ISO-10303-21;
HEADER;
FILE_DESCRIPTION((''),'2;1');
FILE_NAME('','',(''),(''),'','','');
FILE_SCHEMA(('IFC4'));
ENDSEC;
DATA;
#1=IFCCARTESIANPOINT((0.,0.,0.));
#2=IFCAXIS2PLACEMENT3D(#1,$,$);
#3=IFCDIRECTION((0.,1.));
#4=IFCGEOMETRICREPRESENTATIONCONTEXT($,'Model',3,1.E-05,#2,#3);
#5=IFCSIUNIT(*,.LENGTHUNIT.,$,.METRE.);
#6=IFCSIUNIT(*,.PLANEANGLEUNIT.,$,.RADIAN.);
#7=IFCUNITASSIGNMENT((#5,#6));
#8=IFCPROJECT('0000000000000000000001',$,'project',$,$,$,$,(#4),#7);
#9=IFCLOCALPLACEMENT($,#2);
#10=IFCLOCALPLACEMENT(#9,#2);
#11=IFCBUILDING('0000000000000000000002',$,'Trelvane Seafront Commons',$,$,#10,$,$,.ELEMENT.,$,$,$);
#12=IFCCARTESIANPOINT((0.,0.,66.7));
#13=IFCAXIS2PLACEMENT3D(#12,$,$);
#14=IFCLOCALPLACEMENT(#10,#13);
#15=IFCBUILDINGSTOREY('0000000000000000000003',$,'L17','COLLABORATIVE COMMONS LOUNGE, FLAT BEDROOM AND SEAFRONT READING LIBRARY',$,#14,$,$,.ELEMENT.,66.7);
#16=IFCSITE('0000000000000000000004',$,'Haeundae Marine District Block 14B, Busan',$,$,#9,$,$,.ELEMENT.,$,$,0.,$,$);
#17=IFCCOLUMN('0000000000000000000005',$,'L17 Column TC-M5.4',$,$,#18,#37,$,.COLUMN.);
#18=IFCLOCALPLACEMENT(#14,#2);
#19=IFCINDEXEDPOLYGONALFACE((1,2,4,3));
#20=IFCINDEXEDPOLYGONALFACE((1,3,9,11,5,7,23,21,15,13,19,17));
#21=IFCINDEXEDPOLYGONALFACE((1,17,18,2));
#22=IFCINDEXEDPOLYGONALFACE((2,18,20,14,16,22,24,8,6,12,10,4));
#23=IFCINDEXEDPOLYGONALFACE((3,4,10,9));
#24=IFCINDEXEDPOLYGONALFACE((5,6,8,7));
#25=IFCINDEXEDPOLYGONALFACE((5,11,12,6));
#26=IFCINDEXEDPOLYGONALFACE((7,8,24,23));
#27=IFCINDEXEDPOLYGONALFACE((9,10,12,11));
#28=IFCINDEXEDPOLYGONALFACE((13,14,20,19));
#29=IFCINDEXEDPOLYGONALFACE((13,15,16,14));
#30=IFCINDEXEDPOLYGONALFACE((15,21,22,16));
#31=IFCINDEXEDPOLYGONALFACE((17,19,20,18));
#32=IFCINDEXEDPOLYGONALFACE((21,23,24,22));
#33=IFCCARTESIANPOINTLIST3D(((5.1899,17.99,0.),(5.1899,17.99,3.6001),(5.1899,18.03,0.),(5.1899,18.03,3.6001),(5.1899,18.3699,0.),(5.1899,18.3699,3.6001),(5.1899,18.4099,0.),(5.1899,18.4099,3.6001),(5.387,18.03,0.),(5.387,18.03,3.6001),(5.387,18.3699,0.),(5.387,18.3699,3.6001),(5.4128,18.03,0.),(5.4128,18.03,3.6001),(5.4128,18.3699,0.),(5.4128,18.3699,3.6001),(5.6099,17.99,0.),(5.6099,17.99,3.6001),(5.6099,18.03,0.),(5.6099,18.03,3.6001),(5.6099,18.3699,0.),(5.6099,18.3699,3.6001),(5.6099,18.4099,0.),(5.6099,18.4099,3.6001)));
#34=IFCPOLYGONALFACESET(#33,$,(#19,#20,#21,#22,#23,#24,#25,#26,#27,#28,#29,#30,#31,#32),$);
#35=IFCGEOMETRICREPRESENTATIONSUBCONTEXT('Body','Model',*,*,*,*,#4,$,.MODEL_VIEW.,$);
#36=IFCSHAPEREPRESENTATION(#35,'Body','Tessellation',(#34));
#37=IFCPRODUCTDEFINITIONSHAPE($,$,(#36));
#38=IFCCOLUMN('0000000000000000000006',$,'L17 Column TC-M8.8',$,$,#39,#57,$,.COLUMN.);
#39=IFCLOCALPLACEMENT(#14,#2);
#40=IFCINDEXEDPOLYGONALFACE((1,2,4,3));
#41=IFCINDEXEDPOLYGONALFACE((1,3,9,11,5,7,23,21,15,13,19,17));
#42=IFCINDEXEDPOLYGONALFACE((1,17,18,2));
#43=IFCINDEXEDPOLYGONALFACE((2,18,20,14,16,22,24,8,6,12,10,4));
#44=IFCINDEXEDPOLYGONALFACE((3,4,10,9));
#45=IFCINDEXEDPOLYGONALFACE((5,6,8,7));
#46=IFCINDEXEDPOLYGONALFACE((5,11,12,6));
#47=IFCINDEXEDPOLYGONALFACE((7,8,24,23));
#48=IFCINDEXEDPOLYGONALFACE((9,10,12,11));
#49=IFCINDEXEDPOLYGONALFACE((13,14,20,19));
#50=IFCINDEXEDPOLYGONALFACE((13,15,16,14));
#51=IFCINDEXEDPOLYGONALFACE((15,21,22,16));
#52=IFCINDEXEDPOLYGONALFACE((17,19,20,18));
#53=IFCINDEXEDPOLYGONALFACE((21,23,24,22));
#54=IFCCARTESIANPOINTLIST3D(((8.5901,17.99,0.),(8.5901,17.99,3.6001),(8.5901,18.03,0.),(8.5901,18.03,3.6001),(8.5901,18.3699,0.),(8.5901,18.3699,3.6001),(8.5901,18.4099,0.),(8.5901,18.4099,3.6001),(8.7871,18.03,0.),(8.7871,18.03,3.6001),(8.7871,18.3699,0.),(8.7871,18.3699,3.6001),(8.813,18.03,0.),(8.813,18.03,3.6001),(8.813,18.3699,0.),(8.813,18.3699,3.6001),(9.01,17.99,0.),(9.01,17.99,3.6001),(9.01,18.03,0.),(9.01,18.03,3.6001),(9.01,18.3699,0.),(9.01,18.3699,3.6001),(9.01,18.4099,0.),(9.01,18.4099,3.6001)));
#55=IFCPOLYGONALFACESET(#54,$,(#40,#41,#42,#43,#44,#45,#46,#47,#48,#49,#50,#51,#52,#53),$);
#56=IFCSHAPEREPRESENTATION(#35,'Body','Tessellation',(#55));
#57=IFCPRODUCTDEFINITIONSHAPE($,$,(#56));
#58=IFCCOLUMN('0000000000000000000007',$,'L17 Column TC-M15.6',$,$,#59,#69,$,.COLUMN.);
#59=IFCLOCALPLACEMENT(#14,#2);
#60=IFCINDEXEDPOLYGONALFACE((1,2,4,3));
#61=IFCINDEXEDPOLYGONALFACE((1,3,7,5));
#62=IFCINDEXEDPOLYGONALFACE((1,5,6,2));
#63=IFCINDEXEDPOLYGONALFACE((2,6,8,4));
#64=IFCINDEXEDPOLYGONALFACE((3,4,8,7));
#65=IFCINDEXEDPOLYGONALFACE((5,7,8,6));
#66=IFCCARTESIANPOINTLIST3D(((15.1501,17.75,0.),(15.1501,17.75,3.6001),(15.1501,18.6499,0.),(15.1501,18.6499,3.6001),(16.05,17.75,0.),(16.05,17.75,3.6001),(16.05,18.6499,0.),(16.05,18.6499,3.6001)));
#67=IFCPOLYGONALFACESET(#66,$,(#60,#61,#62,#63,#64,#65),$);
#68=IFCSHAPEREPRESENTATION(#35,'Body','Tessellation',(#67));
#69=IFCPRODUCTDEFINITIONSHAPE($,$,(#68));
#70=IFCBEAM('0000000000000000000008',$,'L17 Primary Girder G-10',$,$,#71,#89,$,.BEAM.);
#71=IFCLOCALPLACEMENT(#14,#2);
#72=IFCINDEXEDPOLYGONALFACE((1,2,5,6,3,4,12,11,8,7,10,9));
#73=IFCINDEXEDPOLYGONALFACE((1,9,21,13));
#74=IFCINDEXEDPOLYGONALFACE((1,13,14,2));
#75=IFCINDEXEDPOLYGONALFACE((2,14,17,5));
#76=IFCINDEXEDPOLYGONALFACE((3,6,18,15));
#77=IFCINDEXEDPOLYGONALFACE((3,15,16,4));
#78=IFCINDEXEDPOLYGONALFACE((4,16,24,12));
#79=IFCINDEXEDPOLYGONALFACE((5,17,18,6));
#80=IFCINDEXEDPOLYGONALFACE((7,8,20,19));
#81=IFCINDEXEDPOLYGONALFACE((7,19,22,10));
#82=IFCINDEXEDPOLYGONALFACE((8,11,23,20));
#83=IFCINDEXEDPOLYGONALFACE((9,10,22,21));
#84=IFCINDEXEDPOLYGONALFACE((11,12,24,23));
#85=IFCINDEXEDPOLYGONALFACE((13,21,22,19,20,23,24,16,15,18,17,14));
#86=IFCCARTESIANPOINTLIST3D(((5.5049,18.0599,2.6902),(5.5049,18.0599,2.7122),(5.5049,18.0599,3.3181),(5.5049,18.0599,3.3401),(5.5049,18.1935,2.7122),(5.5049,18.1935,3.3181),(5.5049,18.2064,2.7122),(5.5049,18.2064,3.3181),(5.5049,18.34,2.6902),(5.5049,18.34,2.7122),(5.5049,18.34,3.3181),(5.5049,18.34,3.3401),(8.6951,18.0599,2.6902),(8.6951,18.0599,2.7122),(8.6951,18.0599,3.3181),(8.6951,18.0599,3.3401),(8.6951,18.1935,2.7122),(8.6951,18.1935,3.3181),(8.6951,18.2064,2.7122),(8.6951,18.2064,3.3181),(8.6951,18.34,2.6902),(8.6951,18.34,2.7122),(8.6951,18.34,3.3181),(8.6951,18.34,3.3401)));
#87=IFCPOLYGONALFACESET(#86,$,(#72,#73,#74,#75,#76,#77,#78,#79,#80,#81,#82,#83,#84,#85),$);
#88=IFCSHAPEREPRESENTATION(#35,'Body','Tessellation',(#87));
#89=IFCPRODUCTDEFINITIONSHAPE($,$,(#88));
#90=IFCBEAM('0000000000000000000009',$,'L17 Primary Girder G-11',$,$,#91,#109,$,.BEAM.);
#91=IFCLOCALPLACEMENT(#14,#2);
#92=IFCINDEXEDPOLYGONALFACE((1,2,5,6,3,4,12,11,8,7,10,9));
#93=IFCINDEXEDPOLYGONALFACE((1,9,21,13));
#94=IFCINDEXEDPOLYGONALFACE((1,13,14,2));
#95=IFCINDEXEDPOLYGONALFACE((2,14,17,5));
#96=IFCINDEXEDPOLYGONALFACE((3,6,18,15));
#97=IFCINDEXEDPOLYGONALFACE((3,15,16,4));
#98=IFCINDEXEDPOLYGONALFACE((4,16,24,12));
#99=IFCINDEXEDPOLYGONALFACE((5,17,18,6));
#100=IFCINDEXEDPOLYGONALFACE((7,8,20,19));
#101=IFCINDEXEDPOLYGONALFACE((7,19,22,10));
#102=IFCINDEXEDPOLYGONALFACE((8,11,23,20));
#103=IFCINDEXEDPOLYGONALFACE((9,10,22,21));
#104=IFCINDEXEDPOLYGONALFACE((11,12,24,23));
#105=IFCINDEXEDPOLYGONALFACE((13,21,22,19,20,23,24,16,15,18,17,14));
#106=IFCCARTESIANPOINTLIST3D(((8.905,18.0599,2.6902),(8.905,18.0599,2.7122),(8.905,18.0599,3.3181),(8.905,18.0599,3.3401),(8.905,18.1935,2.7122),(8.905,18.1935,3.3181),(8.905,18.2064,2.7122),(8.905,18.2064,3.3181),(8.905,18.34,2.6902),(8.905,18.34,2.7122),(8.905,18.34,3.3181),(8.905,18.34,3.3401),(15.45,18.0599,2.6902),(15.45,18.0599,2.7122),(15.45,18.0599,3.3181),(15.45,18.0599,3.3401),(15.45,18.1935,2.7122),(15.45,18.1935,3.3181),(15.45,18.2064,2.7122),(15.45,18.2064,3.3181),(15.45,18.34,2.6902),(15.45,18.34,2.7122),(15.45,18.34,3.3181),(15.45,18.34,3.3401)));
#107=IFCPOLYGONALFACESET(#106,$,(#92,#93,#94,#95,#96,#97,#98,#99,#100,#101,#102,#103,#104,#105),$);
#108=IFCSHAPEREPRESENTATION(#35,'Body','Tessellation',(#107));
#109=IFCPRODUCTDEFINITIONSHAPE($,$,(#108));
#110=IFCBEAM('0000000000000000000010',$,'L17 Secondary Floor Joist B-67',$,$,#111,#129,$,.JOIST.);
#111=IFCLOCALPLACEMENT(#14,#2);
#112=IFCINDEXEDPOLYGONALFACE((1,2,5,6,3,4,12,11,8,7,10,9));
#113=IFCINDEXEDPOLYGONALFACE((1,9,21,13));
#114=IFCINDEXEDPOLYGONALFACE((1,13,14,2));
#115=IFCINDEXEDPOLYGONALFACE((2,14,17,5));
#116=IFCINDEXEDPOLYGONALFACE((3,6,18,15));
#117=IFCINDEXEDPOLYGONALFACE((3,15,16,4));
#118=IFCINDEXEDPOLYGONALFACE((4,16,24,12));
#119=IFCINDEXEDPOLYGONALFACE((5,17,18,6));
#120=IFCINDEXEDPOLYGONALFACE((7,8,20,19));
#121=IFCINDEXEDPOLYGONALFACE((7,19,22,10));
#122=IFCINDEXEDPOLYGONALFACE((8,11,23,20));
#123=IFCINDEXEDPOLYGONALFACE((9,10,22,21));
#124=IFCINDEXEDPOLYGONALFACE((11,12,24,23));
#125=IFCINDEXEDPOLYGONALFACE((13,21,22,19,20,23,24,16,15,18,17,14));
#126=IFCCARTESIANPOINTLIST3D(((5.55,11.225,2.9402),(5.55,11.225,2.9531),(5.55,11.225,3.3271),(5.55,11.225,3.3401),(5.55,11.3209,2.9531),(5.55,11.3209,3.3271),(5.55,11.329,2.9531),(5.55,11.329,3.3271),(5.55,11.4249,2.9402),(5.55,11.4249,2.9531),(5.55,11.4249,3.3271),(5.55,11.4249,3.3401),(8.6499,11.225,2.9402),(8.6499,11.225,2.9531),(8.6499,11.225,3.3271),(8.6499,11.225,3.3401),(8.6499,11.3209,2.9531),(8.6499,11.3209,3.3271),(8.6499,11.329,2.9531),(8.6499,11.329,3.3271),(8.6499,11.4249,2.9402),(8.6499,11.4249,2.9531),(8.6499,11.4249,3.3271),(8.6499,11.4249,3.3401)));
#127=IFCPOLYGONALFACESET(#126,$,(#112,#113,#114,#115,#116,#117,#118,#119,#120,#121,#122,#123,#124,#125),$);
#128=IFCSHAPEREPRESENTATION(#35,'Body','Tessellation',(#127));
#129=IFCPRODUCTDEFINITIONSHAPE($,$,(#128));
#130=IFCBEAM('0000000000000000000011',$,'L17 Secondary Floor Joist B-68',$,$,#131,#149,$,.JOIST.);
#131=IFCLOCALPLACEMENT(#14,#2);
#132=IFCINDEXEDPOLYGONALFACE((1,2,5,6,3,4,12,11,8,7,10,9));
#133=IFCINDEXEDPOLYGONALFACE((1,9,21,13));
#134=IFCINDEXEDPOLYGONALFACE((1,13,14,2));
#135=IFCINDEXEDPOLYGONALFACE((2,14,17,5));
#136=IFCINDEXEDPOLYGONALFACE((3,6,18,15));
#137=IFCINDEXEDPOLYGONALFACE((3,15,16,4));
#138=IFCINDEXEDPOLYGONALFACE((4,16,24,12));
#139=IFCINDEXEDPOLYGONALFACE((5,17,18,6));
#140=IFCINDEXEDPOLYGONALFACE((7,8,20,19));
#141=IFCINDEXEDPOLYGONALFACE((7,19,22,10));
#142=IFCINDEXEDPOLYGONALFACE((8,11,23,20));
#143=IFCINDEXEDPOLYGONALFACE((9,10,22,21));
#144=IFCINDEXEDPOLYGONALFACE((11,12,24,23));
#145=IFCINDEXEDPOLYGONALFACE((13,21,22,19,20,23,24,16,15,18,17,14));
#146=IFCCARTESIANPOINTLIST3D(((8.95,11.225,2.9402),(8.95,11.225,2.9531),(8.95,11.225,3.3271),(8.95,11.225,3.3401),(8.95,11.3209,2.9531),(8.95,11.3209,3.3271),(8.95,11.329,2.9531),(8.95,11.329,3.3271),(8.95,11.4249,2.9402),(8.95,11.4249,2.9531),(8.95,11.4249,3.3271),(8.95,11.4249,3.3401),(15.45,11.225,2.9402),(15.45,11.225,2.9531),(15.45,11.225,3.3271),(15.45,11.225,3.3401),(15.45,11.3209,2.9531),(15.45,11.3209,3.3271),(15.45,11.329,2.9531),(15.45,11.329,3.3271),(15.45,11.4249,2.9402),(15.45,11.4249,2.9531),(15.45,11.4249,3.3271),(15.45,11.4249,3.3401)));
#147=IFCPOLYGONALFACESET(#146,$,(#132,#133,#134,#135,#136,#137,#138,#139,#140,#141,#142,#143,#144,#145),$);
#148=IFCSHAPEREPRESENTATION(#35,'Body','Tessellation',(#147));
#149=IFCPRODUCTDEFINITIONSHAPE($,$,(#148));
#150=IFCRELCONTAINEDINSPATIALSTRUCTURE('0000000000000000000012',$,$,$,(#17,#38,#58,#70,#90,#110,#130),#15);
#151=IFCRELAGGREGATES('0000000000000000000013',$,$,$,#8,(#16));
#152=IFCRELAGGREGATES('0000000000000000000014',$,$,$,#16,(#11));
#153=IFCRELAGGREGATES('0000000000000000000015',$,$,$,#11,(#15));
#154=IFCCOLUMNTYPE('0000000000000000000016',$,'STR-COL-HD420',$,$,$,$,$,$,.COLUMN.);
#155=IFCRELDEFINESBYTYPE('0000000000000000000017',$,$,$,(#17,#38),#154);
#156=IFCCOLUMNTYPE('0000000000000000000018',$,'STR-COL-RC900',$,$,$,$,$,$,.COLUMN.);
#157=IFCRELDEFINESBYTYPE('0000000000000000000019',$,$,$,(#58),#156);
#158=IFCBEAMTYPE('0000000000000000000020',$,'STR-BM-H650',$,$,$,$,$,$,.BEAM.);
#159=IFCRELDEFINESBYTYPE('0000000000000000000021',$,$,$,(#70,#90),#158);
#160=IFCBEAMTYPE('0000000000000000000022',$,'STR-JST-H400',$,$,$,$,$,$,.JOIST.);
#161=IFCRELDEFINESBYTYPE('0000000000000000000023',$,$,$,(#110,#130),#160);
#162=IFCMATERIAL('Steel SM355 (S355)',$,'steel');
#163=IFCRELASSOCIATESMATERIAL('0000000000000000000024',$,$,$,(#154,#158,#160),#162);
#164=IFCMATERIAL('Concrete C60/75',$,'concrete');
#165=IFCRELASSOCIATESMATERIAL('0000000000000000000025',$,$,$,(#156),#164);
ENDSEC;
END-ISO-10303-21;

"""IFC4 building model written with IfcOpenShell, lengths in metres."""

from ifc_helpers import new_model, si_unit, direction, frame, origin, origin_2d, place, context, subcontext, project, spatial, rectangle, i_section, extrude, source, transform, mapped, material, material_profile, profile_set, type_object, element, save


model = new_model("IFC4")

# Units and contexts
model_context = context("Model", 3, precision=1e-05, world=origin(), true_north=direction((0.0, 1.0)))
body_context = subcontext(model_context, "Body", "Model", "MODEL_VIEW")
ifc_project = project(units=[si_unit("LENGTHUNIT", "METRE"), si_unit("PLANEANGLEUNIT", "RADIAN")], contexts=[model_context])

# Site, building, storey
site_placement = place(None, origin())
site = spatial("IfcSite", under=ifc_project, at=site_placement, Name="Haeundae Marine District Block 14B, Busan", CompositionType="ELEMENT", RefElevation=0.0)
building_placement = place(site_placement, origin())
building = spatial("IfcBuilding", under=site, at=building_placement, Name="Trelvane Seafront Commons", CompositionType="ELEMENT")
storey_placement = place(building_placement, frame((0.0, 0.0, 66.7)))
storey = spatial("IfcBuildingStorey", under=building, at=storey_placement, Name="L17", Description="COLLABORATIVE COMMONS LOUNGE, FLAT BEDROOM AND SEAFRONT READING LIBRARY", CompositionType="ELEMENT", Elevation=66.7)

# Columns
ifc_material_1 = material(Name="Steel SM355 (S355)", Category="steel")
ifc_material_profile_1 = material_profile(ifc_material_1, i_section(OverallWidth=0.4199, OverallDepth=0.4199, WebThickness=0.0259, FlangeThickness=0.04, at=origin_2d()), Name="HD-420x420x26x40")
ifc_profile_set_1 = profile_set([ifc_material_profile_1], Name="Steel SM355 (S355)")
column_type_1 = type_object("IfcColumnType", Name="STR-COL-HD420", PredefinedType="COLUMN", material=ifc_profile_set_1)
shared_shape_1 = source(origin(), body_context, "Body", "SweptSolid", [
    extrude(i_section(OverallWidth=0.4199, OverallDepth=0.4199, WebThickness=0.0259, FlangeThickness=0.04, at=origin_2d()), origin(), (0.0, 0.0, 1.0), 3.6001),
])
for number, where, z_axis, x_axis, name in (
    (1, (5.3999, 18.2, 0.0), (0.0, 0.0, 1.0), (1.0, 0.0, 0.0), "L17 Column TC-M5.4"),
    (2, (8.8, 18.2, 0.0), (0.0, 0.0, 1.0), (1.0, 0.0, 0.0), "L17 Column TC-M8.8"),
):
    element("IfcColumn", number, at=place(storey_placement, frame(where, z_axis=z_axis, x_axis=x_axis)), inside=storey, type_object=column_type_1, Name=name, PredefinedType="COLUMN", context=body_context, shape_type="MappedRepresentation", body=[
        mapped(shared_shape_1, transform((0.0, 0.0, 0.0), x_axis=(1.0, 0.0, 0.0), y_axis=(0.0, 1.0, 0.0), z_axis=(0.0, 0.0, 1.0), scale=1.0)),
    ])
ifc_material_2 = material(Name="Concrete C60/75", Category="concrete")
ifc_material_profile_2 = material_profile(ifc_material_2, rectangle(XDim=0.8999, YDim=0.8999, at=origin_2d()), Name="RC-900x900")
ifc_profile_set_2 = profile_set([ifc_material_profile_2], Name="Concrete C60/75")
column_type_2 = type_object("IfcColumnType", Name="STR-COL-RC900", PredefinedType="COLUMN", material=ifc_profile_set_2)
shared_shape_2 = source(origin(), body_context, "Body", "SweptSolid", [
    extrude(rectangle(XDim=0.8999, YDim=0.8999, at=origin_2d()), origin(), (0.0, 0.0, 1.0), 3.6001),
])
column_placement = place(storey_placement, frame((15.6001, 18.2, 0.0), z_axis=(0.0, 0.0, 1.0), x_axis=(1.0, 0.0, 0.0)))
element("IfcColumn", 3, at=column_placement, inside=storey, type_object=column_type_2, Name="L17 Column TC-M15.6", PredefinedType="COLUMN", context=body_context, shape_type="MappedRepresentation", body=[
    mapped(shared_shape_2, transform((0.0, 0.0, 0.0), x_axis=(1.0, 0.0, 0.0), y_axis=(0.0, 1.0, 0.0), z_axis=(0.0, 0.0, 1.0), scale=1.0)),
])

# Beams
ifc_material_profile_3 = material_profile(ifc_material_1, i_section(OverallWidth=0.28, OverallDepth=0.6499, WebThickness=0.0129, FlangeThickness=0.022, at=origin_2d()), Name="H-650x280x13x22")
ifc_profile_set_3 = profile_set([ifc_material_profile_3], Name="Steel SM355 (S355)")
beam_type_1 = type_object("IfcBeamType", Name="STR-BM-H650", PredefinedType="BEAM", material=ifc_profile_set_3)
shared_shape_3 = source(origin(), body_context, "Body", "SweptSolid", [
    extrude(i_section(OverallWidth=0.28, OverallDepth=0.6499, WebThickness=0.0129, FlangeThickness=0.022, at=origin_2d()), origin(), (0.0, 0.0, 1.0), 3.1902),
])
beam_1_placement = place(storey_placement, frame((5.5049, 18.2, 3.0151), z_axis=(1.0, 0.0, 0.0), x_axis=(0.0, 1.0, 0.0)))
element("IfcBeam", 4, at=beam_1_placement, inside=storey, type_object=beam_type_1, Name="L17 Primary Girder G-10", PredefinedType="BEAM", context=body_context, shape_type="MappedRepresentation", body=[
    mapped(shared_shape_3, transform((0.0, 0.0, 0.0), x_axis=(1.0, 0.0, 0.0), y_axis=(0.0, 1.0, 0.0), z_axis=(0.0, 0.0, 1.0), scale=1.0)),
])
shared_shape_4 = source(origin(), body_context, "Body", "SweptSolid", [
    extrude(i_section(OverallWidth=0.28, OverallDepth=0.6499, WebThickness=0.0129, FlangeThickness=0.022, at=origin_2d()), origin(), (0.0, 0.0, 1.0), 6.5449),
])
beam_2_placement = place(storey_placement, frame((8.905, 18.2, 3.0151), z_axis=(1.0, 0.0, 0.0), x_axis=(0.0, 1.0, 0.0)))
element("IfcBeam", 5, at=beam_2_placement, inside=storey, type_object=beam_type_1, Name="L17 Primary Girder G-11", PredefinedType="BEAM", context=body_context, shape_type="MappedRepresentation", body=[
    mapped(shared_shape_4, transform((0.0, 0.0, 0.0), x_axis=(1.0, 0.0, 0.0), y_axis=(0.0, 1.0, 0.0), z_axis=(0.0, 0.0, 1.0), scale=1.0)),
])
ifc_material_profile_4 = material_profile(ifc_material_1, i_section(OverallWidth=0.2, OverallDepth=0.3999, WebThickness=0.0081, FlangeThickness=0.0129, at=origin_2d()), Name="H-400x200x8x13")
ifc_profile_set_4 = profile_set([ifc_material_profile_4], Name="Steel SM355 (S355)")
beam_type_2 = type_object("IfcBeamType", Name="STR-JST-H400", PredefinedType="JOIST", material=ifc_profile_set_4)
shared_shape_5 = source(origin(), body_context, "Body", "SweptSolid", [
    extrude(i_section(OverallWidth=0.2, OverallDepth=0.3999, WebThickness=0.0081, FlangeThickness=0.0129, at=origin_2d()), origin(), (0.0, 0.0, 1.0), 3.0999),
])
beam_3_placement = place(storey_placement, frame((5.55, 11.325, 3.1401), z_axis=(1.0, 0.0, 0.0), x_axis=(0.0, 1.0, 0.0)))
element("IfcBeam", 6, at=beam_3_placement, inside=storey, type_object=beam_type_2, Name="L17 Secondary Floor Joist B-67", PredefinedType="JOIST", context=body_context, shape_type="MappedRepresentation", body=[
    mapped(shared_shape_5, transform((0.0, 0.0, 0.0), x_axis=(1.0, 0.0, 0.0), y_axis=(0.0, 1.0, 0.0), z_axis=(0.0, 0.0, 1.0), scale=1.0)),
])
shared_shape_6 = source(origin(), body_context, "Body", "SweptSolid", [
    extrude(i_section(OverallWidth=0.2, OverallDepth=0.3999, WebThickness=0.0081, FlangeThickness=0.0129, at=origin_2d()), origin(), (0.0, 0.0, 1.0), 6.5),
])
beam_4_placement = place(storey_placement, frame((8.95, 11.325, 3.1401), z_axis=(1.0, 0.0, 0.0), x_axis=(0.0, 1.0, 0.0)))
element("IfcBeam", 7, at=beam_4_placement, inside=storey, type_object=beam_type_2, Name="L17 Secondary Floor Joist B-68", PredefinedType="JOIST", context=body_context, shape_type="MappedRepresentation", body=[
    mapped(shared_shape_6, transform((0.0, 0.0, 0.0), x_axis=(1.0, 0.0, 0.0), y_axis=(0.0, 1.0, 0.0), z_axis=(0.0, 0.0, 1.0), scale=1.0)),
])

save(model, "model.ifc")
